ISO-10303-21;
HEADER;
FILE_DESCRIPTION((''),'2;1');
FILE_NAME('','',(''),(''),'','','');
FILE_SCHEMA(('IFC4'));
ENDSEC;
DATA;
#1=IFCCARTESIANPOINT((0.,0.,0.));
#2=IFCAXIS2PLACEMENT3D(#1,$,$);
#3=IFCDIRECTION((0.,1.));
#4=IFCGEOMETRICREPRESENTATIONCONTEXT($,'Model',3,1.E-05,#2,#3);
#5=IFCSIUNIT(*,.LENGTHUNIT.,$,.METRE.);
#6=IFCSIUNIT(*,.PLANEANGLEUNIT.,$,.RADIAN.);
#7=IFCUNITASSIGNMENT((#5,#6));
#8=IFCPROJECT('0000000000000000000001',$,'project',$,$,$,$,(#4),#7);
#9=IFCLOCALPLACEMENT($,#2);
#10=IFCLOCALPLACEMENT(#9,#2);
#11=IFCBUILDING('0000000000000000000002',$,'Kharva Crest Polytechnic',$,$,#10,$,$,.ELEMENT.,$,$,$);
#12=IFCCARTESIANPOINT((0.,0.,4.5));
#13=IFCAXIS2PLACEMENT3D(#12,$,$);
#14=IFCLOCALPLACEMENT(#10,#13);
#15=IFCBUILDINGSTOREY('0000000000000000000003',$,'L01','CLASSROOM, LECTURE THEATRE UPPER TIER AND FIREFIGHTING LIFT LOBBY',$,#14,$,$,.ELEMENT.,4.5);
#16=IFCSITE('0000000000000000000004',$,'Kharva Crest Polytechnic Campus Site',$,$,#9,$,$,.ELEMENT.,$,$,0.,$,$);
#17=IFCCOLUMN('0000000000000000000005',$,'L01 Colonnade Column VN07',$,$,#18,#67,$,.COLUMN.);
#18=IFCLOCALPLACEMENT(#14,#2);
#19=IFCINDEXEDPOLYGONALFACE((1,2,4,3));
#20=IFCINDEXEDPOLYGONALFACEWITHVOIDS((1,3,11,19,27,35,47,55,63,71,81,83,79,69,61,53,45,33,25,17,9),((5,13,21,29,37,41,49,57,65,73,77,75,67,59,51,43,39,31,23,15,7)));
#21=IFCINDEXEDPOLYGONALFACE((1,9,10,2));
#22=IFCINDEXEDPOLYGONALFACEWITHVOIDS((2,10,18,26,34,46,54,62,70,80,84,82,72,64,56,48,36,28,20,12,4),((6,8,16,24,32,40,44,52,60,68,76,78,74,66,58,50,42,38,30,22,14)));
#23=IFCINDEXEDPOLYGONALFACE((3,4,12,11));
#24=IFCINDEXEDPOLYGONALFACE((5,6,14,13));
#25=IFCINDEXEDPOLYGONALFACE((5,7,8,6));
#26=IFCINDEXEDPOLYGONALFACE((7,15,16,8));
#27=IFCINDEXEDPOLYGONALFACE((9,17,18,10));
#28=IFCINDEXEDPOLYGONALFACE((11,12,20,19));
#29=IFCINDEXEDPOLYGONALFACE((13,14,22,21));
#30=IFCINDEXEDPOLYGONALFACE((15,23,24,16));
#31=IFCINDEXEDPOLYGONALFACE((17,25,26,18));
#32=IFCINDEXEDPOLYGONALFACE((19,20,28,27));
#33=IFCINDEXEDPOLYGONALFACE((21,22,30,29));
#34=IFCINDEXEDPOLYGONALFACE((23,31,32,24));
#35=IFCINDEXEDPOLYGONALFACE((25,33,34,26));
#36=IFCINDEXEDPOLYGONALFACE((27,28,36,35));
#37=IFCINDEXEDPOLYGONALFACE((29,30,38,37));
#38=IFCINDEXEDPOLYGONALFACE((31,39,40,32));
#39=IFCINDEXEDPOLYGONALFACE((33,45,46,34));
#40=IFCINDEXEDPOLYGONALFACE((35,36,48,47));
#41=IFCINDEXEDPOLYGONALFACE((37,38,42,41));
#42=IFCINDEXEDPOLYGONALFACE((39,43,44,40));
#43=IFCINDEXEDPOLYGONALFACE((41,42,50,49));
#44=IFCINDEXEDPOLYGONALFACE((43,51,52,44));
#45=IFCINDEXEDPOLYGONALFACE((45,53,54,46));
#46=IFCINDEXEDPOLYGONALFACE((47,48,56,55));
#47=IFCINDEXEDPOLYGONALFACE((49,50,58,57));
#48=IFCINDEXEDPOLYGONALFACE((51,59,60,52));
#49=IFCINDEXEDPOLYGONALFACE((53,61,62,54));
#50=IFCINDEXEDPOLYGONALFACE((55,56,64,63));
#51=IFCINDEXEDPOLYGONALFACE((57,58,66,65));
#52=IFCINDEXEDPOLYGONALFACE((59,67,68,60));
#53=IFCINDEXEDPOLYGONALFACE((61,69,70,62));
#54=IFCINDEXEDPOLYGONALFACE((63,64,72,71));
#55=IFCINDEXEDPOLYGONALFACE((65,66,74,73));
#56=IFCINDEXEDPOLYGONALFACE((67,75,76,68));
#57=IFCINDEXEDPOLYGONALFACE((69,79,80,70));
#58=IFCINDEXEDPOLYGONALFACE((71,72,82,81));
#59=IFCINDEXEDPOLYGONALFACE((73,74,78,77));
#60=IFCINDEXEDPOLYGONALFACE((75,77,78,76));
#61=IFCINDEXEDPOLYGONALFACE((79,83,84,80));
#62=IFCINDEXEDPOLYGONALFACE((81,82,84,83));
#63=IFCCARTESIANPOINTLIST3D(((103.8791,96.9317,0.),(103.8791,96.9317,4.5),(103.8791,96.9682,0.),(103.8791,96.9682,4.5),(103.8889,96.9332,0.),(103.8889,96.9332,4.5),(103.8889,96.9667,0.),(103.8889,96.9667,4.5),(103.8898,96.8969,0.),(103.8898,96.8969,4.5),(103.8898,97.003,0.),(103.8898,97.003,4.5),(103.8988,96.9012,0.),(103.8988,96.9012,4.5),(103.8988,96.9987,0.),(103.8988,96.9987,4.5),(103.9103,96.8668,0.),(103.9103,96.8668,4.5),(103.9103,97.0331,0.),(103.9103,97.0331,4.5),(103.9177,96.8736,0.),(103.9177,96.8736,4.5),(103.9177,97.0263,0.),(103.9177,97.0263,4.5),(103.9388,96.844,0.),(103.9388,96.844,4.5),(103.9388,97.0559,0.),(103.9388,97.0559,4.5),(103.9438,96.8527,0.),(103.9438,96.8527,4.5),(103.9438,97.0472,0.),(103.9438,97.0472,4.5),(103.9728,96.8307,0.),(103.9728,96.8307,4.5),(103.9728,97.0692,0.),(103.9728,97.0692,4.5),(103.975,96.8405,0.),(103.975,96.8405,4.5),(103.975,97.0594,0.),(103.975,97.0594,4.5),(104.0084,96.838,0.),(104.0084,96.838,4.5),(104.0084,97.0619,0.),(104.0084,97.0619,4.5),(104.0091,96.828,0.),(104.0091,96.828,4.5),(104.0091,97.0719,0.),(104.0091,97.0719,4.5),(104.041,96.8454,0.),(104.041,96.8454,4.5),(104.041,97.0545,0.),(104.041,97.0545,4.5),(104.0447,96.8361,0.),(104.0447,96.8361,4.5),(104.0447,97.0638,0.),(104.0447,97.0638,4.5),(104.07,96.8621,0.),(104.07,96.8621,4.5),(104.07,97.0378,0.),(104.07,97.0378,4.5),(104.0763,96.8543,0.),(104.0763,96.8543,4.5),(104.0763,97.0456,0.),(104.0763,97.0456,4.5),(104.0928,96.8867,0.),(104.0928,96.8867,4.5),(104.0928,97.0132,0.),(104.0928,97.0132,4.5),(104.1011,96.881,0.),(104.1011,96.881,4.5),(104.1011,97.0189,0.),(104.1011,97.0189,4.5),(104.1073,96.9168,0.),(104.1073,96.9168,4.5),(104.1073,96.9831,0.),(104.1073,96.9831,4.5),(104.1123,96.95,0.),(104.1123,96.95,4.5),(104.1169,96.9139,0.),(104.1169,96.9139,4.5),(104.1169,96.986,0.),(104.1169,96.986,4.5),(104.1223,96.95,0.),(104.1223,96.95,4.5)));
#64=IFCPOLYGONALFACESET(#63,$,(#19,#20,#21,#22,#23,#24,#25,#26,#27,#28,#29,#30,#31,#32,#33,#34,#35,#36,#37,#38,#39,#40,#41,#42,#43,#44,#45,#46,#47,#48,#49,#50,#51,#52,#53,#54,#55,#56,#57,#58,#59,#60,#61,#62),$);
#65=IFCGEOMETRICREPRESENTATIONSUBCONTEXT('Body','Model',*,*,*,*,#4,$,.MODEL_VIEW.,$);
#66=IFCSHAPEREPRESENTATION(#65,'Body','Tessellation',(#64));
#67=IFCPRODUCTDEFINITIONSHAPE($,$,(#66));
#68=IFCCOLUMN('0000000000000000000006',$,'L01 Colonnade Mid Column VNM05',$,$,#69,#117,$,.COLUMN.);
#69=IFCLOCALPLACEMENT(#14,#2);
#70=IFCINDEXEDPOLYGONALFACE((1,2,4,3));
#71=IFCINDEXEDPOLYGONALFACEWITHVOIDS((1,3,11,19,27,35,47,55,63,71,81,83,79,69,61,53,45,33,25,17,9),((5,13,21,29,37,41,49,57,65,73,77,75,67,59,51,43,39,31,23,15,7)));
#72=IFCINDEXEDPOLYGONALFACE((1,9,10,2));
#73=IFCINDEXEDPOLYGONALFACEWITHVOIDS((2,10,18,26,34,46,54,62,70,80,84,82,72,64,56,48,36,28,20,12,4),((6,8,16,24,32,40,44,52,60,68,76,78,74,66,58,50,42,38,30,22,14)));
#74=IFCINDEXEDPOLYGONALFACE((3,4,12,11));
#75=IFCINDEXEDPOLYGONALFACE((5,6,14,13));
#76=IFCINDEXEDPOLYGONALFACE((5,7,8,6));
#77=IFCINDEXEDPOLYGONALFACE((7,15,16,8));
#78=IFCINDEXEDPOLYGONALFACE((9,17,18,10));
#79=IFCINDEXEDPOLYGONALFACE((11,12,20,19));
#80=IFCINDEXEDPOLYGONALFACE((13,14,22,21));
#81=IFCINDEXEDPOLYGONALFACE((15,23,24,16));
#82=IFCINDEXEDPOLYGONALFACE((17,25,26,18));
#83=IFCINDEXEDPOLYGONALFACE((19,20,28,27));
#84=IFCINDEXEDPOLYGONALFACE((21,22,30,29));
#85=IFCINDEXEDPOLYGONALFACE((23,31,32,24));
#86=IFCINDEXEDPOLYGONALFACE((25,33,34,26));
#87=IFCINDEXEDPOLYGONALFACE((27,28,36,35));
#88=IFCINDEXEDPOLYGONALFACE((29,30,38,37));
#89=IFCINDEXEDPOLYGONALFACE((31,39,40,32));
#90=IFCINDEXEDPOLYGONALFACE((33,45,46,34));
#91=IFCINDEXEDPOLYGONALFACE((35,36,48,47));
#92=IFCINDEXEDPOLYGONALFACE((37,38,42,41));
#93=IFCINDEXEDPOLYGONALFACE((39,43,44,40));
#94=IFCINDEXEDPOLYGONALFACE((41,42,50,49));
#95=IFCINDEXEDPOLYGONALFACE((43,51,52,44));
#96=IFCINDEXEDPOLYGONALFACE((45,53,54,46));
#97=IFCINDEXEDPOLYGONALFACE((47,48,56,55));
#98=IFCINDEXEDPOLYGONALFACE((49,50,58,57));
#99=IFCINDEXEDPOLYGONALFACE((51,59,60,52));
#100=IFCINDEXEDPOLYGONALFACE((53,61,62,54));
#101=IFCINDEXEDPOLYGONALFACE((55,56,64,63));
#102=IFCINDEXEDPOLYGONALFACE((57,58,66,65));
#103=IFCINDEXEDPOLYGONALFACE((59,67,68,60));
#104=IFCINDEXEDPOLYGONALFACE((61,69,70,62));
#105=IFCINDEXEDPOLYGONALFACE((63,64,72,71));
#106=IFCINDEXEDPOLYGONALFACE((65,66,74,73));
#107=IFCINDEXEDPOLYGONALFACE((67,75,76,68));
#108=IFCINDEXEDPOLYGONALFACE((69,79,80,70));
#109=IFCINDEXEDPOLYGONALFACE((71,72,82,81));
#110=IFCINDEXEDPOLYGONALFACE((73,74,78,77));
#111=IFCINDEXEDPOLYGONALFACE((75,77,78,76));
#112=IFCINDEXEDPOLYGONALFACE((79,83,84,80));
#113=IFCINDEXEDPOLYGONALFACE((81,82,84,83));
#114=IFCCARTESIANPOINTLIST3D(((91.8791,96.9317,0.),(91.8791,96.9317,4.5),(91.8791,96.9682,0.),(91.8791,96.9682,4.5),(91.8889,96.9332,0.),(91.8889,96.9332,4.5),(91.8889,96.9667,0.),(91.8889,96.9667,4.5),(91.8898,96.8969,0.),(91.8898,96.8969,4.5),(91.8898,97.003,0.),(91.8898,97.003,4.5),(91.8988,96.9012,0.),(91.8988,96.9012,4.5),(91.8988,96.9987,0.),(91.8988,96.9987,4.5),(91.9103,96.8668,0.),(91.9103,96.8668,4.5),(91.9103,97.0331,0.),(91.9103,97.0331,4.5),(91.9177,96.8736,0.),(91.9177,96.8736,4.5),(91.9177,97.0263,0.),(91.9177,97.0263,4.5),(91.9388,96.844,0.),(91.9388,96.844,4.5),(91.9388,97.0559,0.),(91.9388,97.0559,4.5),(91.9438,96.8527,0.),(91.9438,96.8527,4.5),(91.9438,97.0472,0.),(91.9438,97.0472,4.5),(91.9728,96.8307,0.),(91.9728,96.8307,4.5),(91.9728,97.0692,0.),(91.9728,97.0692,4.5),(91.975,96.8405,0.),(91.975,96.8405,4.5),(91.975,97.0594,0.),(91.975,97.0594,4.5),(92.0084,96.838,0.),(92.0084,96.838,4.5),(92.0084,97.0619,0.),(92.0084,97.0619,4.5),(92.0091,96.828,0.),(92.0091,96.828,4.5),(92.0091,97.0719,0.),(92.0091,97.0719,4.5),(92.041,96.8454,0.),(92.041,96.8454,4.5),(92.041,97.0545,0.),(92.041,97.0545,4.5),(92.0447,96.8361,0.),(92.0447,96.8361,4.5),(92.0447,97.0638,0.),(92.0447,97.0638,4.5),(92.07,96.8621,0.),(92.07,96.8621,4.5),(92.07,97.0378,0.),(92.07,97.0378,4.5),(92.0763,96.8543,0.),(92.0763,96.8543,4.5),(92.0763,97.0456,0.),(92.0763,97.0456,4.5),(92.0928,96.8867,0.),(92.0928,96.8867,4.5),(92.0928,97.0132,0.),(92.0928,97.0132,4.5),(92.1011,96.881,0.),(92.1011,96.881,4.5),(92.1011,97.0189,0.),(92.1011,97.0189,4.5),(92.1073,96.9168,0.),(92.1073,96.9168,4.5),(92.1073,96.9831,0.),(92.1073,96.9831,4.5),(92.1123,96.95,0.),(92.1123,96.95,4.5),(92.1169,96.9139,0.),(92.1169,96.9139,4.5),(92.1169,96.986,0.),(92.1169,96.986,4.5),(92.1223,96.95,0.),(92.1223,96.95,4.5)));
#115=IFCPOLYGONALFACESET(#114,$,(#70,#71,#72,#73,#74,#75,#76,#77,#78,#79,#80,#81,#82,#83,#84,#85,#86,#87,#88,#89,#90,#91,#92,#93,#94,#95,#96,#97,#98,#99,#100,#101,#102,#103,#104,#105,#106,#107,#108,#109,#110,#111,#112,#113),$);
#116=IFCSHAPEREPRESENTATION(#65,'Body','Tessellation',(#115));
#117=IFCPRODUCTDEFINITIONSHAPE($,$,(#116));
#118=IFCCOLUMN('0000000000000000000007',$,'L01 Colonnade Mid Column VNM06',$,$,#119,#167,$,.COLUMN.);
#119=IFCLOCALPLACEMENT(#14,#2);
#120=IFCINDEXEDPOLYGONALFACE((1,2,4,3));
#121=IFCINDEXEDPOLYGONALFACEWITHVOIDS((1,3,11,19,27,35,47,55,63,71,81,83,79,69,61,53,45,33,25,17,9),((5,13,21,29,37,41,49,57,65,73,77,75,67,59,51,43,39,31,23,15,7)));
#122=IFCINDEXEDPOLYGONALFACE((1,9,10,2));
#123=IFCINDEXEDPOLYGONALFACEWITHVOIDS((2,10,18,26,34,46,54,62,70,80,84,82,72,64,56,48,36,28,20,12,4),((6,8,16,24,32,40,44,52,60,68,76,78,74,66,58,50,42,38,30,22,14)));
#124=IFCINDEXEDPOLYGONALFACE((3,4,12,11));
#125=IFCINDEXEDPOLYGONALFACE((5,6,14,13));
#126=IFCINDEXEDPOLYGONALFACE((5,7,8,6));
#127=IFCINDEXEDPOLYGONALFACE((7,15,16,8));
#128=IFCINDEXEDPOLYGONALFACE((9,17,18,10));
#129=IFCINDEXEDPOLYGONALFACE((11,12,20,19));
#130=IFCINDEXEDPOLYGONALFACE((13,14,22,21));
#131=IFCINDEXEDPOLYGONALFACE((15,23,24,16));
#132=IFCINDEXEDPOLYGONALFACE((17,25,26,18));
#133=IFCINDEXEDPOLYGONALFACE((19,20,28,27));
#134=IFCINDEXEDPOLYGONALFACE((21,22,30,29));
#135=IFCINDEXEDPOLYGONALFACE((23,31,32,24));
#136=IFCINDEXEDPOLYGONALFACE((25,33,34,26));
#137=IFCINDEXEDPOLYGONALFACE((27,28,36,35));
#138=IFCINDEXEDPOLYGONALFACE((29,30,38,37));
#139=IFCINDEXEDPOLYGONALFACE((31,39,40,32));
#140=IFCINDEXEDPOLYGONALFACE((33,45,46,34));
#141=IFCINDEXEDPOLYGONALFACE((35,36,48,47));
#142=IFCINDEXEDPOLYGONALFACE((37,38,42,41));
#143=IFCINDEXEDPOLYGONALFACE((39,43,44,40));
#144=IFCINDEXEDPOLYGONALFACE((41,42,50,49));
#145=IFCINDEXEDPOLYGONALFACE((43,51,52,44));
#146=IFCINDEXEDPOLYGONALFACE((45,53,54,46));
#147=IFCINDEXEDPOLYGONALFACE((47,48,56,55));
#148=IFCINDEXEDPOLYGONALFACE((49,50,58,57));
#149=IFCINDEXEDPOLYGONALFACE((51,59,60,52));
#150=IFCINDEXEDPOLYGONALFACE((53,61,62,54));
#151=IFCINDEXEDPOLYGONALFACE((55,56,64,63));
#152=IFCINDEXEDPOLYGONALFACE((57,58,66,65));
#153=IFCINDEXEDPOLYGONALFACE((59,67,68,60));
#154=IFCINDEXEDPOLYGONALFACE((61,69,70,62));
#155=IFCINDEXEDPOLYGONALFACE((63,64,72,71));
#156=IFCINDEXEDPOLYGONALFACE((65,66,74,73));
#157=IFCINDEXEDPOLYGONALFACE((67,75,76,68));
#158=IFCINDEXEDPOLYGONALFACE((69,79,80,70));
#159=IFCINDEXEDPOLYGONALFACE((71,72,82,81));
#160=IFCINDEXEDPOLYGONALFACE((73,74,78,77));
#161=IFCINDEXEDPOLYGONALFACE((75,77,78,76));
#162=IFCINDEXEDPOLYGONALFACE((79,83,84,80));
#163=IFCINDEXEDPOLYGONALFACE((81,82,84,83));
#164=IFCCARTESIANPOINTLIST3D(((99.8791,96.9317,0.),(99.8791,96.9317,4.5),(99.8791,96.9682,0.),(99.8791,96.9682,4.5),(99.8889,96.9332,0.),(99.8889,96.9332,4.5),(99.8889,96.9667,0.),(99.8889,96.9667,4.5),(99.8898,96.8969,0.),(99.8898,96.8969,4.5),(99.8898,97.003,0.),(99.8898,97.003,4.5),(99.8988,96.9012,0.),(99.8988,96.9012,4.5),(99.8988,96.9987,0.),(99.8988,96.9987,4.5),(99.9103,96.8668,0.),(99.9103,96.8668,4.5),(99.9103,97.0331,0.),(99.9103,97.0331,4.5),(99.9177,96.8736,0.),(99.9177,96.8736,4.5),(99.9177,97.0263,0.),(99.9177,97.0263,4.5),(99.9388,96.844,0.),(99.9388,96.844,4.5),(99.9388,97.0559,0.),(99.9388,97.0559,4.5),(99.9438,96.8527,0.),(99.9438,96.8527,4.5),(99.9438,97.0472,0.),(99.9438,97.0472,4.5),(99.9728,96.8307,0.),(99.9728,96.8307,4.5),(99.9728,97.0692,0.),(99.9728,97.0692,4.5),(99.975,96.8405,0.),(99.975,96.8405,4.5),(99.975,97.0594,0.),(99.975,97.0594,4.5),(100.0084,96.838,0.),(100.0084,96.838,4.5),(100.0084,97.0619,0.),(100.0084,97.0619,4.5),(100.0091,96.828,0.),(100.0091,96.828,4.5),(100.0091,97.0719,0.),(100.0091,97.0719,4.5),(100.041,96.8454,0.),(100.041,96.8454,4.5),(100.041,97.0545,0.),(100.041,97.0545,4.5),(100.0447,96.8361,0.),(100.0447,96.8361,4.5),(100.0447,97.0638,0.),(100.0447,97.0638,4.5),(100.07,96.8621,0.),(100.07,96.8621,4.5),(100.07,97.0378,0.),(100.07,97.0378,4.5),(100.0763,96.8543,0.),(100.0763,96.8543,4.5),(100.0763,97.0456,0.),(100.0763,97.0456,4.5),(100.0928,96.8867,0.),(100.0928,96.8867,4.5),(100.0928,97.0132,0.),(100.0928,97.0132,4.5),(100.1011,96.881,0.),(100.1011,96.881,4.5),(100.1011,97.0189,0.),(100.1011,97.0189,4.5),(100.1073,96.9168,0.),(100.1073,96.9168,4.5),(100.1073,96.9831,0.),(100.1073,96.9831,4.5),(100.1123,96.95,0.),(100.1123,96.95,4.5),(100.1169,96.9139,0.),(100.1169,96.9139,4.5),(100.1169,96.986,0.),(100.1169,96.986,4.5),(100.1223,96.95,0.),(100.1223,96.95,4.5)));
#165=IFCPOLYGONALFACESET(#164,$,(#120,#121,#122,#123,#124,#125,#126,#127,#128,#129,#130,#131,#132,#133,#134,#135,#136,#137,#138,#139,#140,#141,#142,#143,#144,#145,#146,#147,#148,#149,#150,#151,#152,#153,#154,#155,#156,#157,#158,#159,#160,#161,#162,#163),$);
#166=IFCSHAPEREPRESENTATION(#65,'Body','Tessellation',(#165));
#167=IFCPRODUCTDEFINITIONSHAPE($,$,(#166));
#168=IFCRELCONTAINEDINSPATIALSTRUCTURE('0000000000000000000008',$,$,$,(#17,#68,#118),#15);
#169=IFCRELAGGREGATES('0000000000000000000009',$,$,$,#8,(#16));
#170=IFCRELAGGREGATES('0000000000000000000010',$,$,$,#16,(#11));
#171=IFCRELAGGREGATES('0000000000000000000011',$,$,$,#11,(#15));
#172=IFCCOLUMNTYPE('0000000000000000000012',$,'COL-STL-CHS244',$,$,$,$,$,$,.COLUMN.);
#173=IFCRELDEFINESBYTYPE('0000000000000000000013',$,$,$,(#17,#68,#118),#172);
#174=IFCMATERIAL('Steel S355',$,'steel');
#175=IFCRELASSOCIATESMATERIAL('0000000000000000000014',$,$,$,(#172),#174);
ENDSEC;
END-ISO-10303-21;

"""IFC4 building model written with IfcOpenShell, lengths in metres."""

from ifc_helpers import new_model, si_unit, direction, frame, origin, origin_2d, place, context, subcontext, project, spatial, hollow_circle, extrude, material, material_profile, profile_set, type_object, element, save


model = new_model("IFC4")

# Units and contexts
model_context = context("Model", 3, precision=1e-05, world=origin(), true_north=direction((0.0, 1.0)))
body_context = subcontext(model_context, "Body", "Model", "MODEL_VIEW")
ifc_project = project(units=[si_unit("LENGTHUNIT", "METRE"), si_unit("PLANEANGLEUNIT", "RADIAN")], contexts=[model_context])

# Site, building, storey
site_placement = place(None, origin())
site = spatial("IfcSite", under=ifc_project, at=site_placement, Name="Kharva Crest Polytechnic Campus Site", CompositionType="ELEMENT", RefElevation=0.0)
building_placement = place(site_placement, origin())
building = spatial("IfcBuilding", under=site, at=building_placement, Name="Kharva Crest Polytechnic", CompositionType="ELEMENT")
storey_placement = place(building_placement, frame((0.0, 0.0, 4.5)))
storey = spatial("IfcBuildingStorey", under=building, at=storey_placement, Name="L01", Description="CLASSROOM, LECTURE THEATRE UPPER TIER AND FIREFIGHTING LIFT LOBBY", CompositionType="ELEMENT", Elevation=4.5)

# Columns
ifc_material_1 = material(Name="Steel S355", Category="steel")
ifc_material_profile_1 = material_profile(ifc_material_1, hollow_circle(Radius=0.1223, WallThickness=0.01, at=origin_2d()), Name="CHS 244.5X10.0")
ifc_profile_set_1 = profile_set([ifc_material_profile_1], Name="Steel S355")
column_type_1 = type_object("IfcColumnType", Name="COL-STL-CHS244", PredefinedType="COLUMN", material=ifc_profile_set_1)
for number, where, z_axis, x_axis, name in (
    (1, (104.0, 96.95, 0.0), (0.0, 0.0, 1.0), (1.0, 0.0, 0.0), "L01 Colonnade Column VN07"),
    (2, (92.0, 96.95, 0.0), (0.0, 0.0, 1.0), (1.0, 0.0, 0.0), "L01 Colonnade Mid Column VNM05"),
    (3, (100.0, 96.95, 0.0), (0.0, 0.0, 1.0), (1.0, 0.0, 0.0), "L01 Colonnade Mid Column VNM06"),
):
    element("IfcColumn", number, at=place(storey_placement, frame(where, z_axis=z_axis, x_axis=x_axis)), inside=storey, type_object=column_type_1, Name=name, PredefinedType="COLUMN", context=body_context, shape_type="SweptSolid", body=[
        extrude(hollow_circle(Radius=0.1223, WallThickness=0.01, at=origin_2d()), origin(), (0.0, 0.0, 1.0), 4.5),
    ])

save(model, "model.ifc")
